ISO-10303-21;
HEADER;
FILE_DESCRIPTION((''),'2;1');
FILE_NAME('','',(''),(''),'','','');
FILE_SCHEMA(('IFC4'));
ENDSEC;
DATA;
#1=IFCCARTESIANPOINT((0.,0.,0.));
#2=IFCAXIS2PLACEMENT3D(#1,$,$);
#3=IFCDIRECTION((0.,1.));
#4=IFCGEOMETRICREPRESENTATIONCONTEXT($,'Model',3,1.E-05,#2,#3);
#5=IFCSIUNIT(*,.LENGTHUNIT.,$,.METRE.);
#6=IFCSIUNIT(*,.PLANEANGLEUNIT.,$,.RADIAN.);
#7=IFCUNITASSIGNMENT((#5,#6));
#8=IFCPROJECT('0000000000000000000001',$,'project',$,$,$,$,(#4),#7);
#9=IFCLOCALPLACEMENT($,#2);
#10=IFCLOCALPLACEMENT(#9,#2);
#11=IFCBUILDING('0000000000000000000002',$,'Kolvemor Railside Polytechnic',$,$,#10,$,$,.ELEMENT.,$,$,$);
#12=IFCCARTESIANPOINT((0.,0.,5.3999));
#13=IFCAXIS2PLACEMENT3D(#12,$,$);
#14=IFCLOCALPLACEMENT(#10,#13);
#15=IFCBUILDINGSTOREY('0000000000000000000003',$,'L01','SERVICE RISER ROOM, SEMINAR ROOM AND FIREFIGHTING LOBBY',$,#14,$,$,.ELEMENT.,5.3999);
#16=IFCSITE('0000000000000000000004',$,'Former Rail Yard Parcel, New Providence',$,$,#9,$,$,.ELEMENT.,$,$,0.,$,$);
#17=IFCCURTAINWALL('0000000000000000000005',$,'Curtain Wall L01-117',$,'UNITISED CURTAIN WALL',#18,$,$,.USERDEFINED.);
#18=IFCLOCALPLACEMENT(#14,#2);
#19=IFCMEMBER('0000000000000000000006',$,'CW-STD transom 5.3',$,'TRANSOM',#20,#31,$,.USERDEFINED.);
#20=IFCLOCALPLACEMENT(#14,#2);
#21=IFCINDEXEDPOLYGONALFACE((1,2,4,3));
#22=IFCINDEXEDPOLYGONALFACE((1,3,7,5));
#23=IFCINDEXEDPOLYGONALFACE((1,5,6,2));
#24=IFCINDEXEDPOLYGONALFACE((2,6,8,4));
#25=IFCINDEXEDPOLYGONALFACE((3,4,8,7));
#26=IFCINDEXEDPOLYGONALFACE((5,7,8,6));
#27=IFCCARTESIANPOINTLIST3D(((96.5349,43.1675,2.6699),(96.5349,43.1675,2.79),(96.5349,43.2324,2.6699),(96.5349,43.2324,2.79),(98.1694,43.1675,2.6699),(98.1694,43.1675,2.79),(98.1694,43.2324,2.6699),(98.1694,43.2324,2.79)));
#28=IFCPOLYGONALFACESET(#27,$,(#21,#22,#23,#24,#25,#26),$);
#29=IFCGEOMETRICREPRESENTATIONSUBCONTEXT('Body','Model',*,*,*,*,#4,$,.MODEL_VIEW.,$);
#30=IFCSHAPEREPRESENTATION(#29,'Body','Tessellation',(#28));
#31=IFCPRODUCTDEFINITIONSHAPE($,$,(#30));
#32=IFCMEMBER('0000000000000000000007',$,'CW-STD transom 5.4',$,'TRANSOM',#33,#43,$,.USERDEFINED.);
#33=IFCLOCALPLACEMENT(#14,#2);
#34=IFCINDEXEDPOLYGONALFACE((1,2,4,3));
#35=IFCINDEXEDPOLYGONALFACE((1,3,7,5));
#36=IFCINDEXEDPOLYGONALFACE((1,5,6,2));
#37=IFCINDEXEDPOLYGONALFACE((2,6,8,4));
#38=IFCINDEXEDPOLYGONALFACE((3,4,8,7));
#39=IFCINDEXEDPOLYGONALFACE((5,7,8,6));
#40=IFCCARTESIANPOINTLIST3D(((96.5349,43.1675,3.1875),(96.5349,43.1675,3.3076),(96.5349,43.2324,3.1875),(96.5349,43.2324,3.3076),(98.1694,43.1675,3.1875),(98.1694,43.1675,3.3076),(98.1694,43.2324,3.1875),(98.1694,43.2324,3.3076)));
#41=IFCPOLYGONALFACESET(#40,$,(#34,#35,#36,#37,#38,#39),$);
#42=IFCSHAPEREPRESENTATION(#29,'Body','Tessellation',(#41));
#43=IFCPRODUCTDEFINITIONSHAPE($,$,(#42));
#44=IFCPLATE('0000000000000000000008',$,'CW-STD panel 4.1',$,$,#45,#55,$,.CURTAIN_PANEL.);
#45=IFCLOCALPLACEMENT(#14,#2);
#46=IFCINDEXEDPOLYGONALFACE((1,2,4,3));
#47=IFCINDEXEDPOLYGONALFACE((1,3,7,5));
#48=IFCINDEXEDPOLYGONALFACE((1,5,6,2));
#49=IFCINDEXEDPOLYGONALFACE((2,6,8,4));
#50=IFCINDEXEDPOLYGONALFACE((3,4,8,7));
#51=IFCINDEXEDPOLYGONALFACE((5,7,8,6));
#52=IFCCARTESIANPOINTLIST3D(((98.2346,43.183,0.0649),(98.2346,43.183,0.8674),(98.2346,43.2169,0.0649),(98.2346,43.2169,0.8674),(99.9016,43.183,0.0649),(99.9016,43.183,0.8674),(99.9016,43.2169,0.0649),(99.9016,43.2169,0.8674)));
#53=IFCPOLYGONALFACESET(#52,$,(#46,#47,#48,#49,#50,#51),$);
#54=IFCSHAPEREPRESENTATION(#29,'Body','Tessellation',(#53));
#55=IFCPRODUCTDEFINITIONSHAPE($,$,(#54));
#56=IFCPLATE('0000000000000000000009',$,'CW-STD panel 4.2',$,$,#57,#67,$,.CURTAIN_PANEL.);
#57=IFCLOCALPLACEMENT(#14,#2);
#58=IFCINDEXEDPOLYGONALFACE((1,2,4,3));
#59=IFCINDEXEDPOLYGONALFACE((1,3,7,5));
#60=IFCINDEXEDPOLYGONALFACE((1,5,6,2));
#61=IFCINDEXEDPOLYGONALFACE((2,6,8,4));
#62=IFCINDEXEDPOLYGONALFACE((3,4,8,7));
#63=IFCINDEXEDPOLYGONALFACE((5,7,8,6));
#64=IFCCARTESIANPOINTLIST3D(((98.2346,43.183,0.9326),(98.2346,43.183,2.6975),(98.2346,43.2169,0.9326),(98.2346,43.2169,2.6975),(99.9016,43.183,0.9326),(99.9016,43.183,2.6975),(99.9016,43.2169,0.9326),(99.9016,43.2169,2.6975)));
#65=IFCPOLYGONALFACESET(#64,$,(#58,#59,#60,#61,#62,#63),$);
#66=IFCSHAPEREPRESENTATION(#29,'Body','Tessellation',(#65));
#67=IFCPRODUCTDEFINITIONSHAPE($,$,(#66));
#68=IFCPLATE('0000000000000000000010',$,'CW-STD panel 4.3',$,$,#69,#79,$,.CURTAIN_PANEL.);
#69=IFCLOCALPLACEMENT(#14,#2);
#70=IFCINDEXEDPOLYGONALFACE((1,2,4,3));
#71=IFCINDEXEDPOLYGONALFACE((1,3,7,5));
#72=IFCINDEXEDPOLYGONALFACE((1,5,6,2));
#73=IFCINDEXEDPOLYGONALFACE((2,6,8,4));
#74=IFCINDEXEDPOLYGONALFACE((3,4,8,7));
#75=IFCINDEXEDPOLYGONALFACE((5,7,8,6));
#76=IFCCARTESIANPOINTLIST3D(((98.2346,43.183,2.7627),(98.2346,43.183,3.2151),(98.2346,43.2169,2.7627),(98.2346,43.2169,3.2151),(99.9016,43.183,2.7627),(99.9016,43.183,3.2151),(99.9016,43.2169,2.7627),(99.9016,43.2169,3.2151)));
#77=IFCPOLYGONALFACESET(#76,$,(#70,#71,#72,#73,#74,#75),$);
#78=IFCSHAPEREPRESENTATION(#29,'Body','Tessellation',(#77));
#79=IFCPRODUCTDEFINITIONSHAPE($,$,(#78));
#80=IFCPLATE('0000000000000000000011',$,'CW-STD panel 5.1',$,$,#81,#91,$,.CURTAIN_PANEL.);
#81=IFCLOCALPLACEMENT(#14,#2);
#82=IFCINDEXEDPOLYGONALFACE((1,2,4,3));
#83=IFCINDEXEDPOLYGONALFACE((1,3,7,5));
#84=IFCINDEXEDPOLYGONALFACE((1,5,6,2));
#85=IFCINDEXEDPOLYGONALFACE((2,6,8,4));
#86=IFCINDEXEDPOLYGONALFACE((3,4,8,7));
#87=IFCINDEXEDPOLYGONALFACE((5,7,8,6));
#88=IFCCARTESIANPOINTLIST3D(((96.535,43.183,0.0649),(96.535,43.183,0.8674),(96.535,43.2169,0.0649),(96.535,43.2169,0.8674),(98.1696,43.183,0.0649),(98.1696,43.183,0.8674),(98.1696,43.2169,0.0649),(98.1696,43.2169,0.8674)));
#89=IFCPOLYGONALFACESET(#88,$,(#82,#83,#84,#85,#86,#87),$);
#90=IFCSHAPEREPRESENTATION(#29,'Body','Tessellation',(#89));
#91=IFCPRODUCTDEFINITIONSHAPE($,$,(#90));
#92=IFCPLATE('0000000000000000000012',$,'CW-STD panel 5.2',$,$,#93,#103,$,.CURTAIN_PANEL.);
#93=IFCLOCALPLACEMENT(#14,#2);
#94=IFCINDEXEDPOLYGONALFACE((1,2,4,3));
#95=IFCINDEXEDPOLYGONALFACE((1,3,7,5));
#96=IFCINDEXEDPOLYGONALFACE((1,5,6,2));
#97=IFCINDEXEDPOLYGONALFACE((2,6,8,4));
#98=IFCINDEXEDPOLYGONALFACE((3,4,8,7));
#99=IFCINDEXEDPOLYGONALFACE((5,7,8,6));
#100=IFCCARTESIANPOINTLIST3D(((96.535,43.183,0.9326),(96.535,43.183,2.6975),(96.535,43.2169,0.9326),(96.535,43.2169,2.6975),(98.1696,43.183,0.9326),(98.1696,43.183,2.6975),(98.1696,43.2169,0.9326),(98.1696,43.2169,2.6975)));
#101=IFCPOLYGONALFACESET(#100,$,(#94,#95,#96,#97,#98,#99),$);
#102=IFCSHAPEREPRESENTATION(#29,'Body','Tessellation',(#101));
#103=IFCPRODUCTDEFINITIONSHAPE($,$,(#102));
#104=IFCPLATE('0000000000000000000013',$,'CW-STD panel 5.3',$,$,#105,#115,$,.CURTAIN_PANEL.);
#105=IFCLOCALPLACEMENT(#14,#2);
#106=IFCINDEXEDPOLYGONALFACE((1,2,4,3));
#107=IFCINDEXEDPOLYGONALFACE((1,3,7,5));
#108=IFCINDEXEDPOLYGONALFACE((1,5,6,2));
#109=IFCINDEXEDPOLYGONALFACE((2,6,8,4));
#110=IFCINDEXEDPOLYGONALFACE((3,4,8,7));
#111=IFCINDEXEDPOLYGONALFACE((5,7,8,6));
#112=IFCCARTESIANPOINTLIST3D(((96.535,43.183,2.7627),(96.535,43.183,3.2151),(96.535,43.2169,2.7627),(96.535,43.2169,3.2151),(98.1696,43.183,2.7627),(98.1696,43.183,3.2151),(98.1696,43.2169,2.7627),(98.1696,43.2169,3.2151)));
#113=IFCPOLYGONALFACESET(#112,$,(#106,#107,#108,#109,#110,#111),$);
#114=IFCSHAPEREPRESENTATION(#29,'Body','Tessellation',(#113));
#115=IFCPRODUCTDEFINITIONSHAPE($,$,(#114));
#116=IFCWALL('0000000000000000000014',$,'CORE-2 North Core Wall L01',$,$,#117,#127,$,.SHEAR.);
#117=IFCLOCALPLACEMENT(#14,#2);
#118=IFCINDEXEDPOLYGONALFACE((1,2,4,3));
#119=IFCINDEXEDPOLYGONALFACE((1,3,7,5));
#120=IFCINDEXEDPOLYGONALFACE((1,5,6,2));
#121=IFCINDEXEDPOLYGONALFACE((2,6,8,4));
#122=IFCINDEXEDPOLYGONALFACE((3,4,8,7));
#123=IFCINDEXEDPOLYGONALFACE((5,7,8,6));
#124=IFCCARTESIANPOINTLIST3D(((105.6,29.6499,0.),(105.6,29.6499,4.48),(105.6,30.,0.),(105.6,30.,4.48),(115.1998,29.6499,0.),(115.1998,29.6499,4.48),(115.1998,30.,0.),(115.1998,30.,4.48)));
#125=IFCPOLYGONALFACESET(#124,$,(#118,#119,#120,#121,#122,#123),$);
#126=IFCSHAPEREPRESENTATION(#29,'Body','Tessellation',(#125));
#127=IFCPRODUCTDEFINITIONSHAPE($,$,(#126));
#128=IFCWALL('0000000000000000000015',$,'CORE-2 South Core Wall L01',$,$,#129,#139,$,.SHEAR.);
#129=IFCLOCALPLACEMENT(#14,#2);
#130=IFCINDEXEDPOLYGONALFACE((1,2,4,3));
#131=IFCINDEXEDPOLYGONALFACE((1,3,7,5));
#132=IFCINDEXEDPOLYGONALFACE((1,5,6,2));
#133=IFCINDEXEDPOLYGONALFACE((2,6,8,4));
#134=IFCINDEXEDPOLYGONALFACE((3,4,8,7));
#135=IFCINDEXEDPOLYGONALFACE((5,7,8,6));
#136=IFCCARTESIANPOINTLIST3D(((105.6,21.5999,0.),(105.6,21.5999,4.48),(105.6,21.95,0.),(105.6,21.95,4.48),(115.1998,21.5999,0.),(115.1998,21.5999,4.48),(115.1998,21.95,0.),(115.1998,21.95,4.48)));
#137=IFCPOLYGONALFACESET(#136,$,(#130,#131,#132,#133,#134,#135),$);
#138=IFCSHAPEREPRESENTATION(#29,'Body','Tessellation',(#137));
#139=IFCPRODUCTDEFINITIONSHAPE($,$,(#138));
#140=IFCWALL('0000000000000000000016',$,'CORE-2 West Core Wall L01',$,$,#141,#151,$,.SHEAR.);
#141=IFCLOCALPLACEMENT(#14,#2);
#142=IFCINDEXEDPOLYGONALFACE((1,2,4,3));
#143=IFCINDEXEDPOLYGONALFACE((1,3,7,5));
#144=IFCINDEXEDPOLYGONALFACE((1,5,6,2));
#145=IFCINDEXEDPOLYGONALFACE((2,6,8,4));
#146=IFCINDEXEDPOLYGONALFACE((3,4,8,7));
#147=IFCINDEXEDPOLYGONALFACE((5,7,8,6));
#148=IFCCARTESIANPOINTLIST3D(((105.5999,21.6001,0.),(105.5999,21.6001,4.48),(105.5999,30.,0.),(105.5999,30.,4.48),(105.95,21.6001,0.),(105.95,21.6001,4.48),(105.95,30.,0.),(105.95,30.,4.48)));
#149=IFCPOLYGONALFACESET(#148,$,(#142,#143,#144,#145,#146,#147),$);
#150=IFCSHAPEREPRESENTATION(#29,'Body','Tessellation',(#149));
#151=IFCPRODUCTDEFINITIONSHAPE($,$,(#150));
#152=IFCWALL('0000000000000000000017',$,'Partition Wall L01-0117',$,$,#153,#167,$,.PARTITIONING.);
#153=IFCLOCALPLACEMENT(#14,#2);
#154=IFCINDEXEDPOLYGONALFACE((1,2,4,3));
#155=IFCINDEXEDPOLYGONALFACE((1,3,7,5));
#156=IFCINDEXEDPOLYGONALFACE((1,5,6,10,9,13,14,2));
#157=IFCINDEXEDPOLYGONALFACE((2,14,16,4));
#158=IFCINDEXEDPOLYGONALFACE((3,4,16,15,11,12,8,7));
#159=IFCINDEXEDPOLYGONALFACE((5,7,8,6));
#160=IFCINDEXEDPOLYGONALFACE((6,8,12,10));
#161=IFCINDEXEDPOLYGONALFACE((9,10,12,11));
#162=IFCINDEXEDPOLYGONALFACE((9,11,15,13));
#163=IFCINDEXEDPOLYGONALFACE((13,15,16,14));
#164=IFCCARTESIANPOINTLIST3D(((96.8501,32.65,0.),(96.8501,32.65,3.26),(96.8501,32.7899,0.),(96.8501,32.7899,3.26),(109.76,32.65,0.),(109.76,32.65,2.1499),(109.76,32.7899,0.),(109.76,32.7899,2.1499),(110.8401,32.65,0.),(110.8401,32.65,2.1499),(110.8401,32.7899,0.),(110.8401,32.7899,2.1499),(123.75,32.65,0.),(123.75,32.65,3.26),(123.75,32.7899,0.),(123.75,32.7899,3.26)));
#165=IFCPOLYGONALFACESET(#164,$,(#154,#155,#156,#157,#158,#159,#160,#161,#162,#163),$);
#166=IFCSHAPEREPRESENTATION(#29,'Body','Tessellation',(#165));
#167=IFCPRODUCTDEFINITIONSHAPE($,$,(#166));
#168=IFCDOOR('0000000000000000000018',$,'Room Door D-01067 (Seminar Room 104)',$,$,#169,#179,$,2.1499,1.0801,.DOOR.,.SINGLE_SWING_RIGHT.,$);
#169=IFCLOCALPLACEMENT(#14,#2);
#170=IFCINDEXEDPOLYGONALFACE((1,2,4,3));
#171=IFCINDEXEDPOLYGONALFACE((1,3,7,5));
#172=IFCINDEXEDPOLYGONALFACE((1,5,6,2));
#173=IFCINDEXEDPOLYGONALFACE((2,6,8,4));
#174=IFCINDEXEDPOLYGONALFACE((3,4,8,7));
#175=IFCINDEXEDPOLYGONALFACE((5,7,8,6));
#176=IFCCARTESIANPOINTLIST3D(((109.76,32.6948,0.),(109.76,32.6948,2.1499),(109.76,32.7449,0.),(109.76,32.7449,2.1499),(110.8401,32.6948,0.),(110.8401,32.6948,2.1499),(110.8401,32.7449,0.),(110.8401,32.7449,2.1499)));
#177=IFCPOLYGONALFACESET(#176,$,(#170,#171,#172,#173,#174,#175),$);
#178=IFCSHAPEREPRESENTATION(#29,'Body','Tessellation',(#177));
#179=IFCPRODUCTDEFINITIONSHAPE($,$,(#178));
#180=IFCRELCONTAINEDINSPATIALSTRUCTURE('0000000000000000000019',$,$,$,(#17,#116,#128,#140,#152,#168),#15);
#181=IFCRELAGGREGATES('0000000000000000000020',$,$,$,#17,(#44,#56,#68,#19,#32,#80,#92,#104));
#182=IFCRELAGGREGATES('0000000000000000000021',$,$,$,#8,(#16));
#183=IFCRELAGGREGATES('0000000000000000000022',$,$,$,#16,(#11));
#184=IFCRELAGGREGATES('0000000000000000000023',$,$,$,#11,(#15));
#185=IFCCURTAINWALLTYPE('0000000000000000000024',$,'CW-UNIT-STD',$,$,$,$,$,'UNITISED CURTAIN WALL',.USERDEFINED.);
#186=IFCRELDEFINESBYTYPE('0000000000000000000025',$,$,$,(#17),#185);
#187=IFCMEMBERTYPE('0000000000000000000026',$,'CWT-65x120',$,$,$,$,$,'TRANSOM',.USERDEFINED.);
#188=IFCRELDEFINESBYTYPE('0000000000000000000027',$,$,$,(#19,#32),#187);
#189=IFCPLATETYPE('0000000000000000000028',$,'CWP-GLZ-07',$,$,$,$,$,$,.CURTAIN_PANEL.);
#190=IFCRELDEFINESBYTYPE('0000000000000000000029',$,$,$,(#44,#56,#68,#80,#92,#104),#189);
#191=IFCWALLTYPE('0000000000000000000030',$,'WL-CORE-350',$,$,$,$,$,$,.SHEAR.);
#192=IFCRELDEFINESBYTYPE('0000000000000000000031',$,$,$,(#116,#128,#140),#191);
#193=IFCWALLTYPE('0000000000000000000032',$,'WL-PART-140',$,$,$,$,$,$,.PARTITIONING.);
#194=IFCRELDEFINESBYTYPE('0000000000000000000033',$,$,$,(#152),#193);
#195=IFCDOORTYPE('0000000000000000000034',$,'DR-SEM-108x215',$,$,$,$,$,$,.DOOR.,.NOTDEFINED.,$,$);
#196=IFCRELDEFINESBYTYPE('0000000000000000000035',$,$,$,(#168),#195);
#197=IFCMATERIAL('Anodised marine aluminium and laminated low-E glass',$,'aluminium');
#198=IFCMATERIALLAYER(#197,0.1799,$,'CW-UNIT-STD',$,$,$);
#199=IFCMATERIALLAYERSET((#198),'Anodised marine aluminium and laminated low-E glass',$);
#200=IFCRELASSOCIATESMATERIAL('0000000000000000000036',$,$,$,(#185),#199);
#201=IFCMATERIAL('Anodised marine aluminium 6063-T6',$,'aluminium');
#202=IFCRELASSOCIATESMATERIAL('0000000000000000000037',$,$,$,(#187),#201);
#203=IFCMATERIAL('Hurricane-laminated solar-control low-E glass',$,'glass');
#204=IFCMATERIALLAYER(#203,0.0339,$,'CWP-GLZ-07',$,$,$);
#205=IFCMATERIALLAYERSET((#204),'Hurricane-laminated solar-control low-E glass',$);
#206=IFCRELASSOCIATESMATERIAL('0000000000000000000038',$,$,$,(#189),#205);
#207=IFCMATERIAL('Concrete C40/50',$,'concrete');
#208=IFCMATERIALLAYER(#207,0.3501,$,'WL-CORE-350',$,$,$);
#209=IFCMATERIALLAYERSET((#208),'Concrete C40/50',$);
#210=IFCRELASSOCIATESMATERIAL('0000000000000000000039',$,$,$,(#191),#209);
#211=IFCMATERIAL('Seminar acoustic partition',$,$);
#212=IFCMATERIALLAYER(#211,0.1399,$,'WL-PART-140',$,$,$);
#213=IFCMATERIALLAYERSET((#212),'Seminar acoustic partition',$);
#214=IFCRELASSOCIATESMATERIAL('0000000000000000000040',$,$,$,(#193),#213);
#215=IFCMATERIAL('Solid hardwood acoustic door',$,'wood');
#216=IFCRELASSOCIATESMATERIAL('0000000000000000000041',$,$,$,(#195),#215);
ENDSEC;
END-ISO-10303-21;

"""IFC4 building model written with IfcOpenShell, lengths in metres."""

from ifc_helpers import new_model, si_unit, direction, frame, frame_2d, origin, origin_2d, place, context, subcontext, project, spatial, rectangle, extrude, material, layer, layer_set, material_profile, profile_set, type_object, element, fill, aggregate, save


model = new_model("IFC4")

# Units and contexts
model_context = context("Model", 3, precision=1e-05, world=origin(), true_north=direction((0.0, 1.0)))
body_context = subcontext(model_context, "Body", "Model", "MODEL_VIEW")
ifc_project = project(units=[si_unit("LENGTHUNIT", "METRE"), si_unit("PLANEANGLEUNIT", "RADIAN")], contexts=[model_context])

# Site, building, storey
site_placement = place(None, origin())
site = spatial("IfcSite", under=ifc_project, at=site_placement, Name="Former Rail Yard Parcel, New Providence", CompositionType="ELEMENT", RefElevation=0.0)
building_placement = place(site_placement, origin())
building = spatial("IfcBuilding", under=site, at=building_placement, Name="Kolvemor Railside Polytechnic", CompositionType="ELEMENT")
storey_placement = place(building_placement, frame((0.0, 0.0, 5.3999)))
storey = spatial("IfcBuildingStorey", under=building, at=storey_placement, Name="L01", Description="SERVICE RISER ROOM, SEMINAR ROOM AND FIREFIGHTING LOBBY", CompositionType="ELEMENT", Elevation=5.3999)

# Curtain wall, members, plates
ifc_material_1 = material(Name="Anodised marine aluminium and laminated low-E glass", Category="aluminium")
ifc_layer_1 = layer(ifc_material_1, 0.1799, Name="CW-UNIT-STD")
ifc_layer_set_1 = layer_set([ifc_layer_1], Name="Anodised marine aluminium and laminated low-E glass")
curtain_wall_type = type_object("IfcCurtainWallType", Name="CW-UNIT-STD", ElementType="UNITISED CURTAIN WALL", PredefinedType="USERDEFINED", material=ifc_layer_set_1)
curtain_wall_placement = place(storey_placement, origin())
curtain_wall = element("IfcCurtainWall", 1, at=curtain_wall_placement, inside=storey, type_object=curtain_wall_type, Name="Curtain Wall L01-117", ObjectType="UNITISED CURTAIN WALL", PredefinedType="USERDEFINED")
ifc_material_2 = material(Name="Anodised marine aluminium 6063-T6", Category="aluminium")
ifc_material_profile_1 = material_profile(ifc_material_2, rectangle(XDim=0.0649, YDim=0.1201, at=origin_2d()), Name="CW-TRN-65x120")
ifc_profile_set_1 = profile_set([ifc_material_profile_1], Name="Anodised marine aluminium 6063-T6")
member_type_1 = type_object("IfcMemberType", Name="CWT-65x120", ElementType="TRANSOM", PredefinedType="USERDEFINED", material=ifc_profile_set_1)
member_1_placement = place(storey_placement, frame((98.1694, 43.2, 2.73), z_axis=(-1.0, 0.0, 0.0), x_axis=(0.0, -1.0, 0.0)))
member_1 = element("IfcMember", 2, at=member_1_placement, type_object=member_type_1, Name="CW-STD transom 5.3", ObjectType="TRANSOM", PredefinedType="USERDEFINED", context=body_context, shape_type="SweptSolid", body=[
    extrude(rectangle(XDim=0.0649, YDim=0.1201, at=origin_2d()), origin(), (0.0, 0.0, 1.0), 1.6345),
])
member_2_placement = place(storey_placement, frame((98.1694, 43.2, 3.2476), z_axis=(-1.0, 0.0, 0.0), x_axis=(0.0, -1.0, 0.0)))
member_2 = element("IfcMember", 3, at=member_2_placement, type_object=member_type_1, Name="CW-STD transom 5.4", ObjectType="TRANSOM", PredefinedType="USERDEFINED", context=body_context, shape_type="SweptSolid", body=[
    extrude(rectangle(XDim=0.0649, YDim=0.1201, at=origin_2d()), origin(), (0.0, 0.0, 1.0), 1.6345),
])
ifc_material_3 = material(Name="Hurricane-laminated solar-control low-E glass", Category="glass")
ifc_layer_2 = layer(ifc_material_3, 0.0339, Name="CWP-GLZ-07")
ifc_layer_set_2 = layer_set([ifc_layer_2], Name="Hurricane-laminated solar-control low-E glass")
plate_type = type_object("IfcPlateType", Name="CWP-GLZ-07", PredefinedType="CURTAIN_PANEL", material=ifc_layer_set_2)
plate_1_placement = place(storey_placement, frame((99.0681, 43.2, 0.0649), z_axis=(0.0, 0.0, 1.0), x_axis=(-1.0, 0.0, 0.0)))
plate_1 = element("IfcPlate", 4, at=plate_1_placement, type_object=plate_type, Name="CW-STD panel 4.1", PredefinedType="CURTAIN_PANEL", context=body_context, shape_type="SweptSolid", body=[
    extrude(rectangle(XDim=1.667, YDim=0.0339, at=origin_2d()), origin(), (0.0, 0.0, 1.0), 0.8025),
])
plate_2_placement = place(storey_placement, frame((99.0681, 43.2, 0.9326), z_axis=(0.0, 0.0, 1.0), x_axis=(-1.0, 0.0, 0.0)))
plate_2 = element("IfcPlate", 5, at=plate_2_placement, type_object=plate_type, Name="CW-STD panel 4.2", PredefinedType="CURTAIN_PANEL", context=body_context, shape_type="SweptSolid", body=[
    extrude(rectangle(XDim=1.667, YDim=0.0339, at=origin_2d()), origin(), (0.0, 0.0, 1.0), 1.7649),
])
plate_3_placement = place(storey_placement, frame((99.0681, 43.2, 2.7627), z_axis=(0.0, 0.0, 1.0), x_axis=(-1.0, 0.0, 0.0)))
plate_3 = element("IfcPlate", 6, at=plate_3_placement, type_object=plate_type, Name="CW-STD panel 4.3", PredefinedType="CURTAIN_PANEL", context=body_context, shape_type="SweptSolid", body=[
    extrude(rectangle(XDim=1.667, YDim=0.0339, at=origin_2d()), origin(), (0.0, 0.0, 1.0), 0.4524),
])
plate_4_placement = place(storey_placement, frame((97.3523, 43.2, 0.0649), z_axis=(0.0, 0.0, 1.0), x_axis=(-1.0, 0.0, 0.0)))
plate_4 = element("IfcPlate", 7, at=plate_4_placement, type_object=plate_type, Name="CW-STD panel 5.1", PredefinedType="CURTAIN_PANEL", context=body_context, shape_type="SweptSolid", body=[
    extrude(rectangle(XDim=1.6345, YDim=0.0339, at=origin_2d()), origin(), (0.0, 0.0, 1.0), 0.8025),
])
plate_5_placement = place(storey_placement, frame((97.3523, 43.2, 0.9326), z_axis=(0.0, 0.0, 1.0), x_axis=(-1.0, 0.0, 0.0)))
plate_5 = element("IfcPlate", 8, at=plate_5_placement, type_object=plate_type, Name="CW-STD panel 5.2", PredefinedType="CURTAIN_PANEL", context=body_context, shape_type="SweptSolid", body=[
    extrude(rectangle(XDim=1.6345, YDim=0.0339, at=origin_2d()), origin(), (0.0, 0.0, 1.0), 1.7649),
])
plate_6_placement = place(storey_placement, frame((97.3523, 43.2, 2.7627), z_axis=(0.0, 0.0, 1.0), x_axis=(-1.0, 0.0, 0.0)))
plate_6 = element("IfcPlate", 9, at=plate_6_placement, type_object=plate_type, Name="CW-STD panel 5.3", PredefinedType="CURTAIN_PANEL", context=body_context, shape_type="SweptSolid", body=[
    extrude(rectangle(XDim=1.6345, YDim=0.0339, at=origin_2d()), origin(), (0.0, 0.0, 1.0), 0.4524),
])
aggregate(curtain_wall, [plate_1, plate_2, plate_3, member_1, member_2, plate_4, plate_5, plate_6])

# Walls
ifc_material_4 = material(Name="Concrete C40/50", Category="concrete")
ifc_layer_3 = layer(ifc_material_4, 0.3501, Name="WL-CORE-350")
ifc_layer_set_3 = layer_set([ifc_layer_3], Name="Concrete C40/50")
wall_type_1 = type_object("IfcWallType", Name="WL-CORE-350", PredefinedType="SHEAR", material=ifc_layer_set_3)
for number, where, z_axis, x_axis, name in (
    (10, (105.6001, 29.825, 0.0), (0.0, 0.0, 1.0), (1.0, 0.0, 0.0), "CORE-2 North Core Wall L01"),
    (11, (105.6001, 21.7749, 0.0), (0.0, 0.0, 1.0), (1.0, 0.0, 0.0), "CORE-2 South Core Wall L01"),
):
    element("IfcWall", number, at=place(storey_placement, frame(where, z_axis=z_axis, x_axis=x_axis)), inside=storey, type_object=wall_type_1, Name=name, PredefinedType="SHEAR", context=body_context, shape_type="SweptSolid", body=[
        extrude(rectangle(XDim=9.5999, YDim=0.3501, at=frame_2d((4.7998, 0.0))), origin(), (0.0, 0.0, 1.0), 4.48),
    ])
wall_1_placement = place(storey_placement, frame((105.7749, 21.6001, 0.0), z_axis=(0.0, 0.0, 1.0), x_axis=(0.0, 1.0, 0.0)))
element("IfcWall", 12, at=wall_1_placement, inside=storey, type_object=wall_type_1, Name="CORE-2 West Core Wall L01", PredefinedType="SHEAR", context=body_context, shape_type="SweptSolid", body=[
    extrude(rectangle(XDim=8.3999, YDim=0.3501, at=frame_2d((4.2, 0.0))), origin(), (0.0, 0.0, 1.0), 4.48),
])

# Wall, opening, door
ifc_material_5 = material(Name="Seminar acoustic partition")
ifc_layer_4 = layer(ifc_material_5, 0.1399, Name="WL-PART-140")
ifc_layer_set_4 = layer_set([ifc_layer_4], Name="Seminar acoustic partition")
wall_type_2 = type_object("IfcWallType", Name="WL-PART-140", PredefinedType="PARTITIONING", material=ifc_layer_set_4)
wall_2_placement = place(storey_placement, frame((96.8501, 32.72, 0.0), z_axis=(0.0, 0.0, 1.0), x_axis=(1.0, 0.0, 0.0)))
wall_2 = element("IfcWall", 13, at=wall_2_placement, inside=storey, type_object=wall_type_2, Name="Partition Wall L01-0117", PredefinedType="PARTITIONING", context=body_context, shape_type="SweptSolid", body=[
    extrude(rectangle(XDim=26.8999, YDim=0.1399, at=frame_2d((13.45, 0.0))), origin(), (0.0, 0.0, 1.0), 3.26),
])
opening_1_placement = place(wall_2_placement, frame((12.9099, 0.0, 0.0)))
opening_1 = element("IfcOpeningElement", 14, at=opening_1_placement, cuts=wall_2, PredefinedType="OPENING", context=body_context, shape_type="SweptSolid", body=[
    extrude(rectangle(XDim=1.0801, YDim=2.1499, at=frame_2d((0.54, 1.075))), frame((0.0, 0.0798, 0.0), z_axis=(0.0, -1.0, 0.0), x_axis=(1.0, 0.0, 0.0)), (0.0, 0.0, 1.0), 0.1599),
])
ifc_material_6 = material(Name="Solid hardwood acoustic door", Category="wood")
door_type_1 = type_object("IfcDoorType", Name="DR-SEM-108x215", OperationType="NOTDEFINED", PredefinedType="DOOR", material=ifc_material_6)
door_1_placement = place(opening_1_placement, origin())
door_1 = element("IfcDoor", 15, at=door_1_placement, inside=storey, type_object=door_type_1, Name="Room Door D-01067 (Seminar Room 104)", OperationType="SINGLE_SWING_RIGHT", OverallHeight=2.1499, OverallWidth=1.0801, PredefinedType="DOOR", context=body_context, shape_type="SweptSolid", body=[
    extrude(rectangle(XDim=1.0801, YDim=2.1499, at=frame_2d((0.54, 1.075))), frame((0.0, 0.0249, 0.0), z_axis=(0.0, -1.0, 0.0), x_axis=(1.0, 0.0, 0.0)), (0.0, 0.0, 1.0), 0.05),
])
fill(opening_1, door_1)

save(model, "model.ifc")
